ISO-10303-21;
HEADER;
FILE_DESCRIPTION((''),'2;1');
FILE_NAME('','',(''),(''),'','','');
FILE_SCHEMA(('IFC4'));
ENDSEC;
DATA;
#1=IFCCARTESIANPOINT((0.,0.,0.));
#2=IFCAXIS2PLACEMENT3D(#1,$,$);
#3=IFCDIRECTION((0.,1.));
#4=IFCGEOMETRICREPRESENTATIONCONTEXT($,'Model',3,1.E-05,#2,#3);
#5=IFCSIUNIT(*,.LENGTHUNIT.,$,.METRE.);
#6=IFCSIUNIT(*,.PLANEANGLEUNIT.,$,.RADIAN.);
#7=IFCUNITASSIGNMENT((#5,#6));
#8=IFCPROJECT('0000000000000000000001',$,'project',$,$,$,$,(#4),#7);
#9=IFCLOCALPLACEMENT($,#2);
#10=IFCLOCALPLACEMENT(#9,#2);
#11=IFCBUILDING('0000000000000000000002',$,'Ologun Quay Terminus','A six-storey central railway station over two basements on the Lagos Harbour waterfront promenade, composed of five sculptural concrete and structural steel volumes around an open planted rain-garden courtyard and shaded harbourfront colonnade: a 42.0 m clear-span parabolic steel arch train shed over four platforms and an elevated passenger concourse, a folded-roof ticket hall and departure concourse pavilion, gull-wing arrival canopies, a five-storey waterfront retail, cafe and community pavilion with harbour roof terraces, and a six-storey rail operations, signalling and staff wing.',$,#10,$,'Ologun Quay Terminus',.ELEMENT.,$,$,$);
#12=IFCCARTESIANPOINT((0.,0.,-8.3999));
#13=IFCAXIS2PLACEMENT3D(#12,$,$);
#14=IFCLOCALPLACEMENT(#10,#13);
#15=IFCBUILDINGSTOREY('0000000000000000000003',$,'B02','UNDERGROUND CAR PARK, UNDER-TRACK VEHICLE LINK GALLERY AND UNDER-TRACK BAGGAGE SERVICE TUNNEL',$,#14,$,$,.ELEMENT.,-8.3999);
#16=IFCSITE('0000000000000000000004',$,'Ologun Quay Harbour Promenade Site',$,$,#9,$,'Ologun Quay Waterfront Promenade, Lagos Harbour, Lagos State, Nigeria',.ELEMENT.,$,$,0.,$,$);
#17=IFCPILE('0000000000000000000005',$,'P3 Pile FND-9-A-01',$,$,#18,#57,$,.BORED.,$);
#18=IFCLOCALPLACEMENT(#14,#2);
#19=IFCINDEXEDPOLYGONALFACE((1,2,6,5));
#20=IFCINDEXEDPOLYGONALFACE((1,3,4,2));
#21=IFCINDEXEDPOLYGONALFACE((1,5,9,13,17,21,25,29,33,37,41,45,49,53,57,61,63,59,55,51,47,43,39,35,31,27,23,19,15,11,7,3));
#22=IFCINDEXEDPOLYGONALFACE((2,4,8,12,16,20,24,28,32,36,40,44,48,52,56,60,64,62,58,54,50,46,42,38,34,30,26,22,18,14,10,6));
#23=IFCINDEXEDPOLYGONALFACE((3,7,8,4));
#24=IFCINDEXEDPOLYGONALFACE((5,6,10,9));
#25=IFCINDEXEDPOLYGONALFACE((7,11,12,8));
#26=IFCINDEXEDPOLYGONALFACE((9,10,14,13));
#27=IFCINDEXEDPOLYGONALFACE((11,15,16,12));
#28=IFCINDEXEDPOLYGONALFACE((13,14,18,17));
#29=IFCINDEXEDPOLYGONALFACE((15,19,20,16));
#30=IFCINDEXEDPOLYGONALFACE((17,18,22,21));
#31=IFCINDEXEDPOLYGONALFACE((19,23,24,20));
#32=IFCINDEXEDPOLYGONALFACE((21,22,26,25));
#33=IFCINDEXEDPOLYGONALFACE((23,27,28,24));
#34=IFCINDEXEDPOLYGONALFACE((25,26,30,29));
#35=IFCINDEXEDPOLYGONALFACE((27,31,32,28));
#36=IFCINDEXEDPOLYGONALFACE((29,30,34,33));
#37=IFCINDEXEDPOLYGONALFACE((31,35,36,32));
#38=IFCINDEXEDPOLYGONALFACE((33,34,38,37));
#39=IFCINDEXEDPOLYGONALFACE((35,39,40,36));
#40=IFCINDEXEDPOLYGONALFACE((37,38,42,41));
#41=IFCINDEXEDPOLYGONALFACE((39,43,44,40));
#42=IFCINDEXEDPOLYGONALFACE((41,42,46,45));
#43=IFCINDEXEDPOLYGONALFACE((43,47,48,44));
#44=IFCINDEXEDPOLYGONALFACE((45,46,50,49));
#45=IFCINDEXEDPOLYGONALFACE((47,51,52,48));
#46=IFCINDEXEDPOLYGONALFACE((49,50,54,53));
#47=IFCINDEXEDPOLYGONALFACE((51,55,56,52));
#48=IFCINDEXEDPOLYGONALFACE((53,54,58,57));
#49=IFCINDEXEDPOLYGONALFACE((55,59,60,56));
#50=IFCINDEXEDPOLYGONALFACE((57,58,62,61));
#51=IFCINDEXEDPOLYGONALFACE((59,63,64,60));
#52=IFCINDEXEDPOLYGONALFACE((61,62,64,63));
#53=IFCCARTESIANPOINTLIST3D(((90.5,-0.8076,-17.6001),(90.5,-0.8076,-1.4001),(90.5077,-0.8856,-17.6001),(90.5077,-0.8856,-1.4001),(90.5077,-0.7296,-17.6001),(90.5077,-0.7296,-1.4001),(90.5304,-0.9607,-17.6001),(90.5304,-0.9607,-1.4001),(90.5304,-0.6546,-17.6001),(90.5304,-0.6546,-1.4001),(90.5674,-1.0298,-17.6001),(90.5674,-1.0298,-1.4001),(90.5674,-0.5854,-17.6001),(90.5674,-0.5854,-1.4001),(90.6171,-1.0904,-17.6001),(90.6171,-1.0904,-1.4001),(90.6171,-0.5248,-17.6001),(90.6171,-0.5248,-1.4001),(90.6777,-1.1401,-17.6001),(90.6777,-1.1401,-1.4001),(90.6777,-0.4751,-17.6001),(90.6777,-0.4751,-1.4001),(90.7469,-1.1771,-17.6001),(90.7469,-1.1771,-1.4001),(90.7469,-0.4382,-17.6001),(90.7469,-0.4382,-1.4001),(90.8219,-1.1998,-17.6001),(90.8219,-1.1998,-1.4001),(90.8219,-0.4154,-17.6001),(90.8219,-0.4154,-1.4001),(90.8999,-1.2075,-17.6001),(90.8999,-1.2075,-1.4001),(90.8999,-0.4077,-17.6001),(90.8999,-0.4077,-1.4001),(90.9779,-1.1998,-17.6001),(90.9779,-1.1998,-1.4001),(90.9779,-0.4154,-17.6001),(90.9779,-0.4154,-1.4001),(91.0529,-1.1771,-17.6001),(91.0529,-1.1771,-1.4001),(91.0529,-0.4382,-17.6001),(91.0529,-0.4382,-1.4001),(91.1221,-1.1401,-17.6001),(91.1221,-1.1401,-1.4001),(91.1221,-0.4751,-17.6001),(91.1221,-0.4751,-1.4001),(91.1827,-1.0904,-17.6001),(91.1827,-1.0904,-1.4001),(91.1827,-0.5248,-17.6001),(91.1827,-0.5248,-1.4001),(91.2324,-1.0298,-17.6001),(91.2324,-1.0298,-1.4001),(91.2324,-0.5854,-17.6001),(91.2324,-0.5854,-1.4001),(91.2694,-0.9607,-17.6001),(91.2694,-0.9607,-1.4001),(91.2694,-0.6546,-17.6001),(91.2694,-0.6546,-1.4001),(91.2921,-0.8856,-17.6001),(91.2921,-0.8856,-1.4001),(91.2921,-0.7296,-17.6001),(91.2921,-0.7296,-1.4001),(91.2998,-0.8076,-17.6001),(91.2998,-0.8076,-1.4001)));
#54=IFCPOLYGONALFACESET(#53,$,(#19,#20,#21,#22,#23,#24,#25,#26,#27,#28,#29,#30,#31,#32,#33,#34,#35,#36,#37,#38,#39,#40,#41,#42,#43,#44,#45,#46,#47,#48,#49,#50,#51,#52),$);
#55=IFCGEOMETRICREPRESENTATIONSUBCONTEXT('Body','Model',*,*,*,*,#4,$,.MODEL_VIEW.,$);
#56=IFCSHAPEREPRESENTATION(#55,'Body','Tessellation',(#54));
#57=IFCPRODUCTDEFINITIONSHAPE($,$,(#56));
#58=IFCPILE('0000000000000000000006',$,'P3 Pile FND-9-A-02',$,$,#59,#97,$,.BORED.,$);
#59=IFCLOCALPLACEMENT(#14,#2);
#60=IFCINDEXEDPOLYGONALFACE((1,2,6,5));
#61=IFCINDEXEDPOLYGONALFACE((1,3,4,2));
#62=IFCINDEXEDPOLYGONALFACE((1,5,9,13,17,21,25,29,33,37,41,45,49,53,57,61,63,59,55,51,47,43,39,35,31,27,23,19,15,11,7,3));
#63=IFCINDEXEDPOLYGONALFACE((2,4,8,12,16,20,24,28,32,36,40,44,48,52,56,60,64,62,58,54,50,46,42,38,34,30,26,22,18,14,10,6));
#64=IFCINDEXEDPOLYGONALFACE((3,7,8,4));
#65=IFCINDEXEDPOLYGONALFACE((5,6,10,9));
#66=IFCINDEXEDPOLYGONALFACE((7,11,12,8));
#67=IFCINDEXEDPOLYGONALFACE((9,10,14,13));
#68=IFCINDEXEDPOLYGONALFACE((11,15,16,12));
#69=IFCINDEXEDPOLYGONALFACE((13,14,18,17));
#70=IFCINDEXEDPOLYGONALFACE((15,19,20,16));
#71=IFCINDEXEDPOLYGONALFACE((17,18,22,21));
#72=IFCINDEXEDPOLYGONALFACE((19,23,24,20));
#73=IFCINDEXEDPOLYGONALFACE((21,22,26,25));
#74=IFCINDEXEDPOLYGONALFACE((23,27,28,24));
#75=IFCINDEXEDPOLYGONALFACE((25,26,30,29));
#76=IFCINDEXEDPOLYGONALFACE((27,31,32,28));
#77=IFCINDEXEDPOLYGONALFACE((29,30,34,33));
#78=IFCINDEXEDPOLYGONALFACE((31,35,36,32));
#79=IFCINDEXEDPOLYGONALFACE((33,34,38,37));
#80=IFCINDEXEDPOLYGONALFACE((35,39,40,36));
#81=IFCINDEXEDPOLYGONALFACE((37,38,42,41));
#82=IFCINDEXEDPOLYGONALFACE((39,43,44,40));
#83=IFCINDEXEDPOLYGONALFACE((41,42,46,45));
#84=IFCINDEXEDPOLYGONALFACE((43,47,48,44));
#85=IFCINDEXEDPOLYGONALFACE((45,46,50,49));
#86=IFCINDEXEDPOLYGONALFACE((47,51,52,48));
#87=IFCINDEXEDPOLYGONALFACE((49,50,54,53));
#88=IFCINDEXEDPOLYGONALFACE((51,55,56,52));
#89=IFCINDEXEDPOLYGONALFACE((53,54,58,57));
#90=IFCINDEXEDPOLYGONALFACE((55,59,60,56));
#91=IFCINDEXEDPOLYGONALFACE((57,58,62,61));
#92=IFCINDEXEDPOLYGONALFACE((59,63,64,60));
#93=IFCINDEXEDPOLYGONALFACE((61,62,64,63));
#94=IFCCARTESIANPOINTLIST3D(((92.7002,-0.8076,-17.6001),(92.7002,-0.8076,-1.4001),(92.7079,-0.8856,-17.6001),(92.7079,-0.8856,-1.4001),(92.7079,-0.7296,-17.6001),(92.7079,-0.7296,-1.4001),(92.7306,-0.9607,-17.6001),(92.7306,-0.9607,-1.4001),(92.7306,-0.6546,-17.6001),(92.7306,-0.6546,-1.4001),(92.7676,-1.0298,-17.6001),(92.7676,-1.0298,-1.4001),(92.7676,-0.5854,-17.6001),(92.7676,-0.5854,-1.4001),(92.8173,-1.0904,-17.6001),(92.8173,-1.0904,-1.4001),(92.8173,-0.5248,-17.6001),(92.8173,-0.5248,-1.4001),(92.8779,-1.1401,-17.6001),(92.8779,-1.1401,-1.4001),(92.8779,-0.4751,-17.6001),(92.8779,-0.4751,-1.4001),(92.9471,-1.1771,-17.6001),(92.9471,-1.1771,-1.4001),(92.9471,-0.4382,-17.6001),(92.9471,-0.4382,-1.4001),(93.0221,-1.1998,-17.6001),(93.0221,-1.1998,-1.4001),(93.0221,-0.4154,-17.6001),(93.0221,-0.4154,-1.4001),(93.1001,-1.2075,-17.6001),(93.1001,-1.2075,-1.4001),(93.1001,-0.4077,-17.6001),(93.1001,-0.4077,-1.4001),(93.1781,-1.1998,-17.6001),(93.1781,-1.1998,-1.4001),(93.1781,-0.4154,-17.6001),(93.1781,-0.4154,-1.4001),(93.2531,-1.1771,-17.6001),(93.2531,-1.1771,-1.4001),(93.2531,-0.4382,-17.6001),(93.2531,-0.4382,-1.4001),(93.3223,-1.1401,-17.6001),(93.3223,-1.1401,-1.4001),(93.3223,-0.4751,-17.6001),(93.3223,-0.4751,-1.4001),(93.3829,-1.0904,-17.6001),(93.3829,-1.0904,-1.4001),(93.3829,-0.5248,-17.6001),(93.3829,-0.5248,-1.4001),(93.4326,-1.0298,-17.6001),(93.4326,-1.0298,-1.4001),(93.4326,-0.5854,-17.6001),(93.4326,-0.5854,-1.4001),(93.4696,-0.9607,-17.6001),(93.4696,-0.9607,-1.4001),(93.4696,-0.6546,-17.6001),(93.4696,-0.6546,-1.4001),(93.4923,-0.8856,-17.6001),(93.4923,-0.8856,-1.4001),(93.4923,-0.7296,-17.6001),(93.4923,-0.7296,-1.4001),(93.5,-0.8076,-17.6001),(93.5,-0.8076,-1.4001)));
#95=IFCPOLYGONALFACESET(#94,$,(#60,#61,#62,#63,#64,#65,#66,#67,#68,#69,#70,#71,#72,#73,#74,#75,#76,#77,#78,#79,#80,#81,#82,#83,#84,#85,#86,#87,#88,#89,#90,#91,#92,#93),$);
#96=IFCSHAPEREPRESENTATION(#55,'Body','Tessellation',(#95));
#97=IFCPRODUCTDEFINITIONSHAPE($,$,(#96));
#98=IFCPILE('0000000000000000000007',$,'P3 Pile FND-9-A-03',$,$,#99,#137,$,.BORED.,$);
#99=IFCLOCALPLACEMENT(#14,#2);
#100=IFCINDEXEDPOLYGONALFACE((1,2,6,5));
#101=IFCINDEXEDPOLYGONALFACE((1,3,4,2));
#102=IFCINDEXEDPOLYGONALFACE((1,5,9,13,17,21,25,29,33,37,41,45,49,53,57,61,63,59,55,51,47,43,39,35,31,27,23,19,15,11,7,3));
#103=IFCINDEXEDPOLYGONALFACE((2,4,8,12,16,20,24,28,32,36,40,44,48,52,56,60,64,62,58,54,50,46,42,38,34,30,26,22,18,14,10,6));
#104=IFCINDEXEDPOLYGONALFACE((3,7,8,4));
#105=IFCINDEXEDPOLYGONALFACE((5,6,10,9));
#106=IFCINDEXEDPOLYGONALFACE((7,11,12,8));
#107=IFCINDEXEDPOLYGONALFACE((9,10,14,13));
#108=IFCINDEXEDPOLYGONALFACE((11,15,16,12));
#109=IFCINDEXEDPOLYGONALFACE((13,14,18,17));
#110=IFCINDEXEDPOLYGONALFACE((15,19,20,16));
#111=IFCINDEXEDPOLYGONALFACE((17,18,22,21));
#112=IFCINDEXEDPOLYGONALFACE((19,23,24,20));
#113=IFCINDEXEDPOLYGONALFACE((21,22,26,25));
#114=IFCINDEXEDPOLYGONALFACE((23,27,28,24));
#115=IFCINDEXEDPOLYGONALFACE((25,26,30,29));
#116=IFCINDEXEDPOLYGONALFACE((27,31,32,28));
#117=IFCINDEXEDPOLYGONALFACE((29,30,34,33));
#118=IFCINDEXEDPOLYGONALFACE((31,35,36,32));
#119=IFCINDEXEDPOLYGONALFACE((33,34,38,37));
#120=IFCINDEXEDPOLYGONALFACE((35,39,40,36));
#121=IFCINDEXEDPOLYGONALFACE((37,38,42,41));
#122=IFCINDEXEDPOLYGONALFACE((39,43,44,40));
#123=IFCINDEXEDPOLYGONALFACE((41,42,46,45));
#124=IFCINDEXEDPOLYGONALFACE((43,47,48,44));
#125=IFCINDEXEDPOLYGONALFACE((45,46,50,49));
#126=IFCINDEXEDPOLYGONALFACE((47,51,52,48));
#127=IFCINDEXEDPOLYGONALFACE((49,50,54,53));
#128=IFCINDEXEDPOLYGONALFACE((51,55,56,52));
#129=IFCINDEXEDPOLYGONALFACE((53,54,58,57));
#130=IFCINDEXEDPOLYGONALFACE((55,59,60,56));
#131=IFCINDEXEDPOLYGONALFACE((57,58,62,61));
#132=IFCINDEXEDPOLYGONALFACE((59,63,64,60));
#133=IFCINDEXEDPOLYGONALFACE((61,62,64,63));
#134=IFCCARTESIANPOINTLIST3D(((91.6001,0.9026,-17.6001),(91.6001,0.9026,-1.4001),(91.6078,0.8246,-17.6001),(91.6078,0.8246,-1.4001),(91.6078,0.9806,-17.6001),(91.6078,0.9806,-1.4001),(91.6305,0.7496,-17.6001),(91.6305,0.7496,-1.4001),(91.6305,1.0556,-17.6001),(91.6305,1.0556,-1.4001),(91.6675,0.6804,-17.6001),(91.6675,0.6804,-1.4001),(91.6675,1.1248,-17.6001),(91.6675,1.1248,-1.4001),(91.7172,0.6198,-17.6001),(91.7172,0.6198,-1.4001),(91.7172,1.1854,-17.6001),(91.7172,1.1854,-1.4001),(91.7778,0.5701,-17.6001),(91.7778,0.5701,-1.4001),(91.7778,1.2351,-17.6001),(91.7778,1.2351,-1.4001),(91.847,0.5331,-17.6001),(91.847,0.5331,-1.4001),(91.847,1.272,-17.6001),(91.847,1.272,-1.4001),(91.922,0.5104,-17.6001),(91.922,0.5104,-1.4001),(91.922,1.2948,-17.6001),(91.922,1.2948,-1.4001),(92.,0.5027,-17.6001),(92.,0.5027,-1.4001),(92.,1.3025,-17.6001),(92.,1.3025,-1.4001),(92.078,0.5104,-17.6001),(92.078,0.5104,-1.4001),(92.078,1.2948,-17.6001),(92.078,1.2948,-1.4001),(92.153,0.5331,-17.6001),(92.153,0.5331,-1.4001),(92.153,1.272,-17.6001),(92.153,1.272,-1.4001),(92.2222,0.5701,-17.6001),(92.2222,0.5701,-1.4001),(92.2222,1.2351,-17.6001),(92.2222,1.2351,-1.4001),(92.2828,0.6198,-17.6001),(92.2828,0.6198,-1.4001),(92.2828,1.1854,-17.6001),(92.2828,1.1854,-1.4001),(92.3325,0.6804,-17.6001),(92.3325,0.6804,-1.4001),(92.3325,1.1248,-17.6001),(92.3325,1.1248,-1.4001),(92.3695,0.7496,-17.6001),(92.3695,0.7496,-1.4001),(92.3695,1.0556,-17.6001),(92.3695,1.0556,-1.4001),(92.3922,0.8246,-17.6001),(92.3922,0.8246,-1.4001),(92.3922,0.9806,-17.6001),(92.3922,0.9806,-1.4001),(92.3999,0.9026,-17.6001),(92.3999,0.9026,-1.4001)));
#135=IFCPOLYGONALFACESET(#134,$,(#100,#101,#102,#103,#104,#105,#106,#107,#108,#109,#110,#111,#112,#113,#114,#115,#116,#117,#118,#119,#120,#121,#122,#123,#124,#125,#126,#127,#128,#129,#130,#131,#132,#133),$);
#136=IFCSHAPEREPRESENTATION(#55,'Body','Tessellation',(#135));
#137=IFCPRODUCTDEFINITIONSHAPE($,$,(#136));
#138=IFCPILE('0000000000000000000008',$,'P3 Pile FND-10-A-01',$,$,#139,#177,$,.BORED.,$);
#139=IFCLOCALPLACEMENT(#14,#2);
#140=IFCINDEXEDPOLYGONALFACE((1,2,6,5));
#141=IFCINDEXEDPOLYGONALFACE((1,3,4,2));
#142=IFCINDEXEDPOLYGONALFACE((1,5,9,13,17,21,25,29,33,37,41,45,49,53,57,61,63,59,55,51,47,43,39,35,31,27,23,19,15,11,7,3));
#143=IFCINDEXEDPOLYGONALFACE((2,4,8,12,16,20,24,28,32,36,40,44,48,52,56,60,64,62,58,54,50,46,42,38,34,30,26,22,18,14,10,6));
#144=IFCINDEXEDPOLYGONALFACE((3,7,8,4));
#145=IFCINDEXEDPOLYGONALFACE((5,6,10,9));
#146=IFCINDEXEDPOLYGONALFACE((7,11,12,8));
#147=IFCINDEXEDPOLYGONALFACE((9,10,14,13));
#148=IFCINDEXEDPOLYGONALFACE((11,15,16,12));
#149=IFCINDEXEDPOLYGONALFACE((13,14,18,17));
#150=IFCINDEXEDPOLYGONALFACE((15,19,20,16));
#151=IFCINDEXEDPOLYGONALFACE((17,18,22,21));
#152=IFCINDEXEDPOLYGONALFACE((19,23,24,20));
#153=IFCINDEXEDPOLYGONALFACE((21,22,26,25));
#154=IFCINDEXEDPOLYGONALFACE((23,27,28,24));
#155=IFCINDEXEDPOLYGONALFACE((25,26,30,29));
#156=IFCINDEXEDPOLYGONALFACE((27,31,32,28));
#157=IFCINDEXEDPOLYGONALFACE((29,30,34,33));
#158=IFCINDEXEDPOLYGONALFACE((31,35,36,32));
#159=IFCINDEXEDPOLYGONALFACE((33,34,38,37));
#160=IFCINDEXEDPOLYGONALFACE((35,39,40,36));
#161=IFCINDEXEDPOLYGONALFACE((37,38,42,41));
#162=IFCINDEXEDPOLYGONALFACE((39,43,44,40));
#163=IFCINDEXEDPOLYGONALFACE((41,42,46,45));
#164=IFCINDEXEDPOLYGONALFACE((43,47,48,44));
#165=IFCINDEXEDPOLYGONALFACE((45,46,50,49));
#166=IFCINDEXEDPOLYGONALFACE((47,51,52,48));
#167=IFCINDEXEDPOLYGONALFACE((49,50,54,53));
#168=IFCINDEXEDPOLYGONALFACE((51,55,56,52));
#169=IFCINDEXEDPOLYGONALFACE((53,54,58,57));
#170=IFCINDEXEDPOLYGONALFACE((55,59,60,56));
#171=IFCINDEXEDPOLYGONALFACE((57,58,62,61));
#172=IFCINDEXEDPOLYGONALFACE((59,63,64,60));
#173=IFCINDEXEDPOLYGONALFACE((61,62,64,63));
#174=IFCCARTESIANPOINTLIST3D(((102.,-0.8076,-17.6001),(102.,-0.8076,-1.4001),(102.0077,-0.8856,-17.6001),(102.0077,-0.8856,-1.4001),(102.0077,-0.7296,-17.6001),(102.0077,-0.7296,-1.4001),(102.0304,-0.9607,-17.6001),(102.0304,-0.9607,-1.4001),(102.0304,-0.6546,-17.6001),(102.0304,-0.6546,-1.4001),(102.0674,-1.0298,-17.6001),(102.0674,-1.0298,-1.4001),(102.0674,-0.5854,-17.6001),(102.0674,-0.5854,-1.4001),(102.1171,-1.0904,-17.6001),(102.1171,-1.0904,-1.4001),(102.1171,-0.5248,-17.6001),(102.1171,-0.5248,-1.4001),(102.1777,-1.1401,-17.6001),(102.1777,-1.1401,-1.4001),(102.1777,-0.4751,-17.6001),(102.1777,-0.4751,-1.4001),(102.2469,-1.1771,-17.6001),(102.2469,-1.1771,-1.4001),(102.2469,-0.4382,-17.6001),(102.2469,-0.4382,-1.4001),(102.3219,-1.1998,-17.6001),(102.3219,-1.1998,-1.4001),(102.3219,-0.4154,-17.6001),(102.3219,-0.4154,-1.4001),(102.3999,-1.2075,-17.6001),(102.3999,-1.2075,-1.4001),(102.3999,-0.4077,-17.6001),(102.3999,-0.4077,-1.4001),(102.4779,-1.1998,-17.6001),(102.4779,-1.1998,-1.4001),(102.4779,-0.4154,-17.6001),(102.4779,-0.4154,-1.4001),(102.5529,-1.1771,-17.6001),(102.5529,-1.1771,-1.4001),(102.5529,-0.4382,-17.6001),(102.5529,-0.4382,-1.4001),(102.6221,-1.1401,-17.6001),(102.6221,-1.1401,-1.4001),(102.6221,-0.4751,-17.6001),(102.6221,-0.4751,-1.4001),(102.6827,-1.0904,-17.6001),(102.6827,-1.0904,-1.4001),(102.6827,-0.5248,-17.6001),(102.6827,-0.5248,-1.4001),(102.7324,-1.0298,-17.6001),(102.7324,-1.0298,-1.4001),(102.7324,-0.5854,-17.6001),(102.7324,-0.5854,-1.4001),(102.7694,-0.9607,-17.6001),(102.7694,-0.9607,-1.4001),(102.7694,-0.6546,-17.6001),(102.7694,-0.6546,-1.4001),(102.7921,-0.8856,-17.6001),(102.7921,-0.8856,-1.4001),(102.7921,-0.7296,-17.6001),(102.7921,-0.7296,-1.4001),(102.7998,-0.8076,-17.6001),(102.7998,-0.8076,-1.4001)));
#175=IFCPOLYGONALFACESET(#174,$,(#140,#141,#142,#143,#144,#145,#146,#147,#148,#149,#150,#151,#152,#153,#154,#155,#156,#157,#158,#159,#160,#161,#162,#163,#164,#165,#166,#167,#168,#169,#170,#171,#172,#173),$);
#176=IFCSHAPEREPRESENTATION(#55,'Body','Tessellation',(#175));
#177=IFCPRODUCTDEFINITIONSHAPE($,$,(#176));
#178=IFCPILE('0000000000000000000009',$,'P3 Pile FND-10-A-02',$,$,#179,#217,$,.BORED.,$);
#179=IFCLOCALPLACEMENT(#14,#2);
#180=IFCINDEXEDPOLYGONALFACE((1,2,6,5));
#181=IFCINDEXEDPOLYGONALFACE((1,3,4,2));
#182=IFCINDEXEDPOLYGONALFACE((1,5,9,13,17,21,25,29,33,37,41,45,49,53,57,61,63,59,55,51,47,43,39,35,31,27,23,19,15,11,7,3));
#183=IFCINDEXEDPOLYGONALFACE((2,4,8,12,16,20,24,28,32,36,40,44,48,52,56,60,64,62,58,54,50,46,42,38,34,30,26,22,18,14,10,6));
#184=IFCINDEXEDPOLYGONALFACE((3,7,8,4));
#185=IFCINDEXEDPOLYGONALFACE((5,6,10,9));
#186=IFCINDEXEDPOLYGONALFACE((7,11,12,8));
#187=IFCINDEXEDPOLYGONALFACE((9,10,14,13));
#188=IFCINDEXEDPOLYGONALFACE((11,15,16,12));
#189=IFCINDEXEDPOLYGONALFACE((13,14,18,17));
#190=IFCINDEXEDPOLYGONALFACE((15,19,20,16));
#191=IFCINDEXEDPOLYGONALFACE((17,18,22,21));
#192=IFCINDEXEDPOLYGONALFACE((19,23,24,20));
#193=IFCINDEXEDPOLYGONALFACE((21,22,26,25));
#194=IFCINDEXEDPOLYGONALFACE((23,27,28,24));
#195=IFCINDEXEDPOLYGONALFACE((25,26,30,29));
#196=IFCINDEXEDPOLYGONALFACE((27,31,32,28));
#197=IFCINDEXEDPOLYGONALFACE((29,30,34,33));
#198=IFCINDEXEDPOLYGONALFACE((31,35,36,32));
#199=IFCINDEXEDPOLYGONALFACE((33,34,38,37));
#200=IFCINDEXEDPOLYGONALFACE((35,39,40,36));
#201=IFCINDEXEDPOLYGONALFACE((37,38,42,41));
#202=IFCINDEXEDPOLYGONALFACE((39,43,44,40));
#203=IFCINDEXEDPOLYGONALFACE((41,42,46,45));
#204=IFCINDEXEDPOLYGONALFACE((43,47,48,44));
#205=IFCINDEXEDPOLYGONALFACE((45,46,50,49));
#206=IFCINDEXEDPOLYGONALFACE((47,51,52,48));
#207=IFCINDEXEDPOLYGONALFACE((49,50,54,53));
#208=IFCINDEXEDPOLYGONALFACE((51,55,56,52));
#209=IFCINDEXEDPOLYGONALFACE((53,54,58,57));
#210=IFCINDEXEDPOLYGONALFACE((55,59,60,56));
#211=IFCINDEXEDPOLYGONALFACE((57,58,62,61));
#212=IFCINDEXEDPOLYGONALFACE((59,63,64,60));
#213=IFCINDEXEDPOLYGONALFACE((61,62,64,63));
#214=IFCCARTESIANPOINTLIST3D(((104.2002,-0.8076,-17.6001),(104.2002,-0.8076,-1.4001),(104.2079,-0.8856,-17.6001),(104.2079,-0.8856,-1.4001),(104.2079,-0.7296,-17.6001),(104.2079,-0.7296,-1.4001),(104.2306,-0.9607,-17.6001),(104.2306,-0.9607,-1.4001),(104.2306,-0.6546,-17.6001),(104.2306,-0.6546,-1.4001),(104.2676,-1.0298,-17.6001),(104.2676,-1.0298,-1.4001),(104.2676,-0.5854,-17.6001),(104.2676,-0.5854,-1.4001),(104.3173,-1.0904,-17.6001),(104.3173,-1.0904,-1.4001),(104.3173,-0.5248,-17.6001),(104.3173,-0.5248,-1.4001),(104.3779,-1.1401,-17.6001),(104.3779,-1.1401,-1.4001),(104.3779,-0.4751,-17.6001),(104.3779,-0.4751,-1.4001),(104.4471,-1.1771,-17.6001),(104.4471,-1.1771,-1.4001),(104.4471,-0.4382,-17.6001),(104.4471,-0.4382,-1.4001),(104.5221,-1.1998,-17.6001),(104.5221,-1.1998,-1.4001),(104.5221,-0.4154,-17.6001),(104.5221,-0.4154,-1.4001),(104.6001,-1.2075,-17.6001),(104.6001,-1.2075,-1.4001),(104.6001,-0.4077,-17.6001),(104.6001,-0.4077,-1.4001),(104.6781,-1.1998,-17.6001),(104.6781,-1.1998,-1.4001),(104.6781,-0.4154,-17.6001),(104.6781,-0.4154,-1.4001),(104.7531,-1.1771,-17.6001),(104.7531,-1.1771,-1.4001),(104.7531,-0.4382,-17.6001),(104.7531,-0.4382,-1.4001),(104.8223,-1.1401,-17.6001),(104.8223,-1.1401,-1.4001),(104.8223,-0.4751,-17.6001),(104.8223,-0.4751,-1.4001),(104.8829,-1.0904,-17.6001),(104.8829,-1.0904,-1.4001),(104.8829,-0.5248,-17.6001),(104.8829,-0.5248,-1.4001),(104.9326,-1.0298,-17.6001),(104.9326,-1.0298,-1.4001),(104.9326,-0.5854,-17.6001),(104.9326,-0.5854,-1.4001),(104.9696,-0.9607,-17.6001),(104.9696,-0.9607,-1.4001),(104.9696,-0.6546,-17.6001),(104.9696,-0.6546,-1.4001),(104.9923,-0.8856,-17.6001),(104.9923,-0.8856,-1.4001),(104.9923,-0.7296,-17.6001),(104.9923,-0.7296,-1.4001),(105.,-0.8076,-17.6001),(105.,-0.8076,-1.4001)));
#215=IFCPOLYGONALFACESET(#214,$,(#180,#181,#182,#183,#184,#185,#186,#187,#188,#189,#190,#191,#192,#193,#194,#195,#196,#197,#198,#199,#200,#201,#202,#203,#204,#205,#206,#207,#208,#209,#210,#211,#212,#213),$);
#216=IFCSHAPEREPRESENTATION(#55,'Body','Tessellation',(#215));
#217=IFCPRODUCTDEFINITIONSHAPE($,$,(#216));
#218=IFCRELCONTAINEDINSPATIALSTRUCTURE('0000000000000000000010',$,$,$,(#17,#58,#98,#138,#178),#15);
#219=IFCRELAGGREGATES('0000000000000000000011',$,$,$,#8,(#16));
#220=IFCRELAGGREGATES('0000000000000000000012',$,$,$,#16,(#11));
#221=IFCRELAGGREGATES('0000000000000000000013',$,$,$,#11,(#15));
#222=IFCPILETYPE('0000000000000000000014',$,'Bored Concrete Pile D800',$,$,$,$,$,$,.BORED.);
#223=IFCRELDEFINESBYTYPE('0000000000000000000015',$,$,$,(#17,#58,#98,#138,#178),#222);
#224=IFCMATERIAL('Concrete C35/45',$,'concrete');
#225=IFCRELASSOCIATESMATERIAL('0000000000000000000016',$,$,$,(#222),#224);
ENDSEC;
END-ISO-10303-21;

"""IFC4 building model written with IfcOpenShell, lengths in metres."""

from ifc_helpers import new_model, si_unit, direction, frame, origin, origin_2d, place, context, subcontext, project, spatial, circle, extrude, material, material_profile, profile_set, type_object, element, save


model = new_model("IFC4")

# Units and contexts
model_context = context("Model", 3, precision=1e-05, world=origin(), true_north=direction((0.0, 1.0)))
body_context = subcontext(model_context, "Body", "Model", "MODEL_VIEW")
ifc_project = project(units=[si_unit("LENGTHUNIT", "METRE"), si_unit("PLANEANGLEUNIT", "RADIAN")], contexts=[model_context])

# Site, building, storey
site_placement = place(None, origin())
site = spatial("IfcSite", under=ifc_project, at=site_placement, Name="Ologun Quay Harbour Promenade Site", LongName="Ologun Quay Waterfront Promenade, Lagos Harbour, Lagos State, Nigeria", CompositionType="ELEMENT", RefElevation=0.0)
building_placement = place(site_placement, origin())
building = spatial("IfcBuilding", under=site, at=building_placement, Name="Ologun Quay Terminus", Description="A six-storey central railway station over two basements on the Lagos Harbour waterfront promenade, composed of five sculptural concrete and structural steel volumes around an open planted rain-garden courtyard and shaded harbourfront colonnade: a 42.0 m clear-span parabolic steel arch train shed over four platforms and an elevated passenger concourse, a folded-roof ticket hall and departure concourse pavilion, gull-wing arrival canopies, a five-storey waterfront retail, cafe and community pavilion with harbour roof terraces, and a six-storey rail operations, signalling and staff wing.", LongName="Ologun Quay Terminus", CompositionType="ELEMENT")
storey_placement = place(building_placement, frame((0.0, 0.0, -8.3999)))
storey = spatial("IfcBuildingStorey", under=building, at=storey_placement, Name="B02", Description="UNDERGROUND CAR PARK, UNDER-TRACK VEHICLE LINK GALLERY AND UNDER-TRACK BAGGAGE SERVICE TUNNEL", CompositionType="ELEMENT", Elevation=-8.3999)

# Piles
ifc_material_1 = material(Name="Concrete C35/45", Category="concrete")
ifc_material_profile_1 = material_profile(ifc_material_1, circle(Radius=0.3999, at=origin_2d()), Name="PILE D800")
ifc_profile_set_1 = profile_set([ifc_material_profile_1], Name="Concrete C35/45")
pile_type_1 = type_object("IfcPileType", Name="Bored Concrete Pile D800", PredefinedType="BORED", material=ifc_profile_set_1)
for number, where, z_axis, x_axis, name in (
    (1, (90.8999, -0.8076, -1.4001), (0.0, 0.0, -1.0), (1.0, 0.0, 0.0), "P3 Pile FND-9-A-01"),
    (2, (93.1001, -0.8076, -1.4001), (0.0, 0.0, -1.0), (1.0, 0.0, 0.0), "P3 Pile FND-9-A-02"),
    (3, (92.0, 0.9026, -1.4001), (0.0, 0.0, -1.0), (1.0, 0.0, 0.0), "P3 Pile FND-9-A-03"),
    (4, (102.3999, -0.8076, -1.4001), (0.0, 0.0, -1.0), (1.0, 0.0, 0.0), "P3 Pile FND-10-A-01"),
    (5, (104.6001, -0.8076, -1.4001), (0.0, 0.0, -1.0), (1.0, 0.0, 0.0), "P3 Pile FND-10-A-02"),
):
    element("IfcPile", number, at=place(storey_placement, frame(where, z_axis=z_axis, x_axis=x_axis)), inside=storey, type_object=pile_type_1, Name=name, PredefinedType="BORED", context=body_context, shape_type="SweptSolid", body=[
        extrude(circle(Radius=0.3999, at=origin_2d()), origin(), (0.0, 0.0, 1.0), 16.2),
    ])

save(model, "model.ifc")
